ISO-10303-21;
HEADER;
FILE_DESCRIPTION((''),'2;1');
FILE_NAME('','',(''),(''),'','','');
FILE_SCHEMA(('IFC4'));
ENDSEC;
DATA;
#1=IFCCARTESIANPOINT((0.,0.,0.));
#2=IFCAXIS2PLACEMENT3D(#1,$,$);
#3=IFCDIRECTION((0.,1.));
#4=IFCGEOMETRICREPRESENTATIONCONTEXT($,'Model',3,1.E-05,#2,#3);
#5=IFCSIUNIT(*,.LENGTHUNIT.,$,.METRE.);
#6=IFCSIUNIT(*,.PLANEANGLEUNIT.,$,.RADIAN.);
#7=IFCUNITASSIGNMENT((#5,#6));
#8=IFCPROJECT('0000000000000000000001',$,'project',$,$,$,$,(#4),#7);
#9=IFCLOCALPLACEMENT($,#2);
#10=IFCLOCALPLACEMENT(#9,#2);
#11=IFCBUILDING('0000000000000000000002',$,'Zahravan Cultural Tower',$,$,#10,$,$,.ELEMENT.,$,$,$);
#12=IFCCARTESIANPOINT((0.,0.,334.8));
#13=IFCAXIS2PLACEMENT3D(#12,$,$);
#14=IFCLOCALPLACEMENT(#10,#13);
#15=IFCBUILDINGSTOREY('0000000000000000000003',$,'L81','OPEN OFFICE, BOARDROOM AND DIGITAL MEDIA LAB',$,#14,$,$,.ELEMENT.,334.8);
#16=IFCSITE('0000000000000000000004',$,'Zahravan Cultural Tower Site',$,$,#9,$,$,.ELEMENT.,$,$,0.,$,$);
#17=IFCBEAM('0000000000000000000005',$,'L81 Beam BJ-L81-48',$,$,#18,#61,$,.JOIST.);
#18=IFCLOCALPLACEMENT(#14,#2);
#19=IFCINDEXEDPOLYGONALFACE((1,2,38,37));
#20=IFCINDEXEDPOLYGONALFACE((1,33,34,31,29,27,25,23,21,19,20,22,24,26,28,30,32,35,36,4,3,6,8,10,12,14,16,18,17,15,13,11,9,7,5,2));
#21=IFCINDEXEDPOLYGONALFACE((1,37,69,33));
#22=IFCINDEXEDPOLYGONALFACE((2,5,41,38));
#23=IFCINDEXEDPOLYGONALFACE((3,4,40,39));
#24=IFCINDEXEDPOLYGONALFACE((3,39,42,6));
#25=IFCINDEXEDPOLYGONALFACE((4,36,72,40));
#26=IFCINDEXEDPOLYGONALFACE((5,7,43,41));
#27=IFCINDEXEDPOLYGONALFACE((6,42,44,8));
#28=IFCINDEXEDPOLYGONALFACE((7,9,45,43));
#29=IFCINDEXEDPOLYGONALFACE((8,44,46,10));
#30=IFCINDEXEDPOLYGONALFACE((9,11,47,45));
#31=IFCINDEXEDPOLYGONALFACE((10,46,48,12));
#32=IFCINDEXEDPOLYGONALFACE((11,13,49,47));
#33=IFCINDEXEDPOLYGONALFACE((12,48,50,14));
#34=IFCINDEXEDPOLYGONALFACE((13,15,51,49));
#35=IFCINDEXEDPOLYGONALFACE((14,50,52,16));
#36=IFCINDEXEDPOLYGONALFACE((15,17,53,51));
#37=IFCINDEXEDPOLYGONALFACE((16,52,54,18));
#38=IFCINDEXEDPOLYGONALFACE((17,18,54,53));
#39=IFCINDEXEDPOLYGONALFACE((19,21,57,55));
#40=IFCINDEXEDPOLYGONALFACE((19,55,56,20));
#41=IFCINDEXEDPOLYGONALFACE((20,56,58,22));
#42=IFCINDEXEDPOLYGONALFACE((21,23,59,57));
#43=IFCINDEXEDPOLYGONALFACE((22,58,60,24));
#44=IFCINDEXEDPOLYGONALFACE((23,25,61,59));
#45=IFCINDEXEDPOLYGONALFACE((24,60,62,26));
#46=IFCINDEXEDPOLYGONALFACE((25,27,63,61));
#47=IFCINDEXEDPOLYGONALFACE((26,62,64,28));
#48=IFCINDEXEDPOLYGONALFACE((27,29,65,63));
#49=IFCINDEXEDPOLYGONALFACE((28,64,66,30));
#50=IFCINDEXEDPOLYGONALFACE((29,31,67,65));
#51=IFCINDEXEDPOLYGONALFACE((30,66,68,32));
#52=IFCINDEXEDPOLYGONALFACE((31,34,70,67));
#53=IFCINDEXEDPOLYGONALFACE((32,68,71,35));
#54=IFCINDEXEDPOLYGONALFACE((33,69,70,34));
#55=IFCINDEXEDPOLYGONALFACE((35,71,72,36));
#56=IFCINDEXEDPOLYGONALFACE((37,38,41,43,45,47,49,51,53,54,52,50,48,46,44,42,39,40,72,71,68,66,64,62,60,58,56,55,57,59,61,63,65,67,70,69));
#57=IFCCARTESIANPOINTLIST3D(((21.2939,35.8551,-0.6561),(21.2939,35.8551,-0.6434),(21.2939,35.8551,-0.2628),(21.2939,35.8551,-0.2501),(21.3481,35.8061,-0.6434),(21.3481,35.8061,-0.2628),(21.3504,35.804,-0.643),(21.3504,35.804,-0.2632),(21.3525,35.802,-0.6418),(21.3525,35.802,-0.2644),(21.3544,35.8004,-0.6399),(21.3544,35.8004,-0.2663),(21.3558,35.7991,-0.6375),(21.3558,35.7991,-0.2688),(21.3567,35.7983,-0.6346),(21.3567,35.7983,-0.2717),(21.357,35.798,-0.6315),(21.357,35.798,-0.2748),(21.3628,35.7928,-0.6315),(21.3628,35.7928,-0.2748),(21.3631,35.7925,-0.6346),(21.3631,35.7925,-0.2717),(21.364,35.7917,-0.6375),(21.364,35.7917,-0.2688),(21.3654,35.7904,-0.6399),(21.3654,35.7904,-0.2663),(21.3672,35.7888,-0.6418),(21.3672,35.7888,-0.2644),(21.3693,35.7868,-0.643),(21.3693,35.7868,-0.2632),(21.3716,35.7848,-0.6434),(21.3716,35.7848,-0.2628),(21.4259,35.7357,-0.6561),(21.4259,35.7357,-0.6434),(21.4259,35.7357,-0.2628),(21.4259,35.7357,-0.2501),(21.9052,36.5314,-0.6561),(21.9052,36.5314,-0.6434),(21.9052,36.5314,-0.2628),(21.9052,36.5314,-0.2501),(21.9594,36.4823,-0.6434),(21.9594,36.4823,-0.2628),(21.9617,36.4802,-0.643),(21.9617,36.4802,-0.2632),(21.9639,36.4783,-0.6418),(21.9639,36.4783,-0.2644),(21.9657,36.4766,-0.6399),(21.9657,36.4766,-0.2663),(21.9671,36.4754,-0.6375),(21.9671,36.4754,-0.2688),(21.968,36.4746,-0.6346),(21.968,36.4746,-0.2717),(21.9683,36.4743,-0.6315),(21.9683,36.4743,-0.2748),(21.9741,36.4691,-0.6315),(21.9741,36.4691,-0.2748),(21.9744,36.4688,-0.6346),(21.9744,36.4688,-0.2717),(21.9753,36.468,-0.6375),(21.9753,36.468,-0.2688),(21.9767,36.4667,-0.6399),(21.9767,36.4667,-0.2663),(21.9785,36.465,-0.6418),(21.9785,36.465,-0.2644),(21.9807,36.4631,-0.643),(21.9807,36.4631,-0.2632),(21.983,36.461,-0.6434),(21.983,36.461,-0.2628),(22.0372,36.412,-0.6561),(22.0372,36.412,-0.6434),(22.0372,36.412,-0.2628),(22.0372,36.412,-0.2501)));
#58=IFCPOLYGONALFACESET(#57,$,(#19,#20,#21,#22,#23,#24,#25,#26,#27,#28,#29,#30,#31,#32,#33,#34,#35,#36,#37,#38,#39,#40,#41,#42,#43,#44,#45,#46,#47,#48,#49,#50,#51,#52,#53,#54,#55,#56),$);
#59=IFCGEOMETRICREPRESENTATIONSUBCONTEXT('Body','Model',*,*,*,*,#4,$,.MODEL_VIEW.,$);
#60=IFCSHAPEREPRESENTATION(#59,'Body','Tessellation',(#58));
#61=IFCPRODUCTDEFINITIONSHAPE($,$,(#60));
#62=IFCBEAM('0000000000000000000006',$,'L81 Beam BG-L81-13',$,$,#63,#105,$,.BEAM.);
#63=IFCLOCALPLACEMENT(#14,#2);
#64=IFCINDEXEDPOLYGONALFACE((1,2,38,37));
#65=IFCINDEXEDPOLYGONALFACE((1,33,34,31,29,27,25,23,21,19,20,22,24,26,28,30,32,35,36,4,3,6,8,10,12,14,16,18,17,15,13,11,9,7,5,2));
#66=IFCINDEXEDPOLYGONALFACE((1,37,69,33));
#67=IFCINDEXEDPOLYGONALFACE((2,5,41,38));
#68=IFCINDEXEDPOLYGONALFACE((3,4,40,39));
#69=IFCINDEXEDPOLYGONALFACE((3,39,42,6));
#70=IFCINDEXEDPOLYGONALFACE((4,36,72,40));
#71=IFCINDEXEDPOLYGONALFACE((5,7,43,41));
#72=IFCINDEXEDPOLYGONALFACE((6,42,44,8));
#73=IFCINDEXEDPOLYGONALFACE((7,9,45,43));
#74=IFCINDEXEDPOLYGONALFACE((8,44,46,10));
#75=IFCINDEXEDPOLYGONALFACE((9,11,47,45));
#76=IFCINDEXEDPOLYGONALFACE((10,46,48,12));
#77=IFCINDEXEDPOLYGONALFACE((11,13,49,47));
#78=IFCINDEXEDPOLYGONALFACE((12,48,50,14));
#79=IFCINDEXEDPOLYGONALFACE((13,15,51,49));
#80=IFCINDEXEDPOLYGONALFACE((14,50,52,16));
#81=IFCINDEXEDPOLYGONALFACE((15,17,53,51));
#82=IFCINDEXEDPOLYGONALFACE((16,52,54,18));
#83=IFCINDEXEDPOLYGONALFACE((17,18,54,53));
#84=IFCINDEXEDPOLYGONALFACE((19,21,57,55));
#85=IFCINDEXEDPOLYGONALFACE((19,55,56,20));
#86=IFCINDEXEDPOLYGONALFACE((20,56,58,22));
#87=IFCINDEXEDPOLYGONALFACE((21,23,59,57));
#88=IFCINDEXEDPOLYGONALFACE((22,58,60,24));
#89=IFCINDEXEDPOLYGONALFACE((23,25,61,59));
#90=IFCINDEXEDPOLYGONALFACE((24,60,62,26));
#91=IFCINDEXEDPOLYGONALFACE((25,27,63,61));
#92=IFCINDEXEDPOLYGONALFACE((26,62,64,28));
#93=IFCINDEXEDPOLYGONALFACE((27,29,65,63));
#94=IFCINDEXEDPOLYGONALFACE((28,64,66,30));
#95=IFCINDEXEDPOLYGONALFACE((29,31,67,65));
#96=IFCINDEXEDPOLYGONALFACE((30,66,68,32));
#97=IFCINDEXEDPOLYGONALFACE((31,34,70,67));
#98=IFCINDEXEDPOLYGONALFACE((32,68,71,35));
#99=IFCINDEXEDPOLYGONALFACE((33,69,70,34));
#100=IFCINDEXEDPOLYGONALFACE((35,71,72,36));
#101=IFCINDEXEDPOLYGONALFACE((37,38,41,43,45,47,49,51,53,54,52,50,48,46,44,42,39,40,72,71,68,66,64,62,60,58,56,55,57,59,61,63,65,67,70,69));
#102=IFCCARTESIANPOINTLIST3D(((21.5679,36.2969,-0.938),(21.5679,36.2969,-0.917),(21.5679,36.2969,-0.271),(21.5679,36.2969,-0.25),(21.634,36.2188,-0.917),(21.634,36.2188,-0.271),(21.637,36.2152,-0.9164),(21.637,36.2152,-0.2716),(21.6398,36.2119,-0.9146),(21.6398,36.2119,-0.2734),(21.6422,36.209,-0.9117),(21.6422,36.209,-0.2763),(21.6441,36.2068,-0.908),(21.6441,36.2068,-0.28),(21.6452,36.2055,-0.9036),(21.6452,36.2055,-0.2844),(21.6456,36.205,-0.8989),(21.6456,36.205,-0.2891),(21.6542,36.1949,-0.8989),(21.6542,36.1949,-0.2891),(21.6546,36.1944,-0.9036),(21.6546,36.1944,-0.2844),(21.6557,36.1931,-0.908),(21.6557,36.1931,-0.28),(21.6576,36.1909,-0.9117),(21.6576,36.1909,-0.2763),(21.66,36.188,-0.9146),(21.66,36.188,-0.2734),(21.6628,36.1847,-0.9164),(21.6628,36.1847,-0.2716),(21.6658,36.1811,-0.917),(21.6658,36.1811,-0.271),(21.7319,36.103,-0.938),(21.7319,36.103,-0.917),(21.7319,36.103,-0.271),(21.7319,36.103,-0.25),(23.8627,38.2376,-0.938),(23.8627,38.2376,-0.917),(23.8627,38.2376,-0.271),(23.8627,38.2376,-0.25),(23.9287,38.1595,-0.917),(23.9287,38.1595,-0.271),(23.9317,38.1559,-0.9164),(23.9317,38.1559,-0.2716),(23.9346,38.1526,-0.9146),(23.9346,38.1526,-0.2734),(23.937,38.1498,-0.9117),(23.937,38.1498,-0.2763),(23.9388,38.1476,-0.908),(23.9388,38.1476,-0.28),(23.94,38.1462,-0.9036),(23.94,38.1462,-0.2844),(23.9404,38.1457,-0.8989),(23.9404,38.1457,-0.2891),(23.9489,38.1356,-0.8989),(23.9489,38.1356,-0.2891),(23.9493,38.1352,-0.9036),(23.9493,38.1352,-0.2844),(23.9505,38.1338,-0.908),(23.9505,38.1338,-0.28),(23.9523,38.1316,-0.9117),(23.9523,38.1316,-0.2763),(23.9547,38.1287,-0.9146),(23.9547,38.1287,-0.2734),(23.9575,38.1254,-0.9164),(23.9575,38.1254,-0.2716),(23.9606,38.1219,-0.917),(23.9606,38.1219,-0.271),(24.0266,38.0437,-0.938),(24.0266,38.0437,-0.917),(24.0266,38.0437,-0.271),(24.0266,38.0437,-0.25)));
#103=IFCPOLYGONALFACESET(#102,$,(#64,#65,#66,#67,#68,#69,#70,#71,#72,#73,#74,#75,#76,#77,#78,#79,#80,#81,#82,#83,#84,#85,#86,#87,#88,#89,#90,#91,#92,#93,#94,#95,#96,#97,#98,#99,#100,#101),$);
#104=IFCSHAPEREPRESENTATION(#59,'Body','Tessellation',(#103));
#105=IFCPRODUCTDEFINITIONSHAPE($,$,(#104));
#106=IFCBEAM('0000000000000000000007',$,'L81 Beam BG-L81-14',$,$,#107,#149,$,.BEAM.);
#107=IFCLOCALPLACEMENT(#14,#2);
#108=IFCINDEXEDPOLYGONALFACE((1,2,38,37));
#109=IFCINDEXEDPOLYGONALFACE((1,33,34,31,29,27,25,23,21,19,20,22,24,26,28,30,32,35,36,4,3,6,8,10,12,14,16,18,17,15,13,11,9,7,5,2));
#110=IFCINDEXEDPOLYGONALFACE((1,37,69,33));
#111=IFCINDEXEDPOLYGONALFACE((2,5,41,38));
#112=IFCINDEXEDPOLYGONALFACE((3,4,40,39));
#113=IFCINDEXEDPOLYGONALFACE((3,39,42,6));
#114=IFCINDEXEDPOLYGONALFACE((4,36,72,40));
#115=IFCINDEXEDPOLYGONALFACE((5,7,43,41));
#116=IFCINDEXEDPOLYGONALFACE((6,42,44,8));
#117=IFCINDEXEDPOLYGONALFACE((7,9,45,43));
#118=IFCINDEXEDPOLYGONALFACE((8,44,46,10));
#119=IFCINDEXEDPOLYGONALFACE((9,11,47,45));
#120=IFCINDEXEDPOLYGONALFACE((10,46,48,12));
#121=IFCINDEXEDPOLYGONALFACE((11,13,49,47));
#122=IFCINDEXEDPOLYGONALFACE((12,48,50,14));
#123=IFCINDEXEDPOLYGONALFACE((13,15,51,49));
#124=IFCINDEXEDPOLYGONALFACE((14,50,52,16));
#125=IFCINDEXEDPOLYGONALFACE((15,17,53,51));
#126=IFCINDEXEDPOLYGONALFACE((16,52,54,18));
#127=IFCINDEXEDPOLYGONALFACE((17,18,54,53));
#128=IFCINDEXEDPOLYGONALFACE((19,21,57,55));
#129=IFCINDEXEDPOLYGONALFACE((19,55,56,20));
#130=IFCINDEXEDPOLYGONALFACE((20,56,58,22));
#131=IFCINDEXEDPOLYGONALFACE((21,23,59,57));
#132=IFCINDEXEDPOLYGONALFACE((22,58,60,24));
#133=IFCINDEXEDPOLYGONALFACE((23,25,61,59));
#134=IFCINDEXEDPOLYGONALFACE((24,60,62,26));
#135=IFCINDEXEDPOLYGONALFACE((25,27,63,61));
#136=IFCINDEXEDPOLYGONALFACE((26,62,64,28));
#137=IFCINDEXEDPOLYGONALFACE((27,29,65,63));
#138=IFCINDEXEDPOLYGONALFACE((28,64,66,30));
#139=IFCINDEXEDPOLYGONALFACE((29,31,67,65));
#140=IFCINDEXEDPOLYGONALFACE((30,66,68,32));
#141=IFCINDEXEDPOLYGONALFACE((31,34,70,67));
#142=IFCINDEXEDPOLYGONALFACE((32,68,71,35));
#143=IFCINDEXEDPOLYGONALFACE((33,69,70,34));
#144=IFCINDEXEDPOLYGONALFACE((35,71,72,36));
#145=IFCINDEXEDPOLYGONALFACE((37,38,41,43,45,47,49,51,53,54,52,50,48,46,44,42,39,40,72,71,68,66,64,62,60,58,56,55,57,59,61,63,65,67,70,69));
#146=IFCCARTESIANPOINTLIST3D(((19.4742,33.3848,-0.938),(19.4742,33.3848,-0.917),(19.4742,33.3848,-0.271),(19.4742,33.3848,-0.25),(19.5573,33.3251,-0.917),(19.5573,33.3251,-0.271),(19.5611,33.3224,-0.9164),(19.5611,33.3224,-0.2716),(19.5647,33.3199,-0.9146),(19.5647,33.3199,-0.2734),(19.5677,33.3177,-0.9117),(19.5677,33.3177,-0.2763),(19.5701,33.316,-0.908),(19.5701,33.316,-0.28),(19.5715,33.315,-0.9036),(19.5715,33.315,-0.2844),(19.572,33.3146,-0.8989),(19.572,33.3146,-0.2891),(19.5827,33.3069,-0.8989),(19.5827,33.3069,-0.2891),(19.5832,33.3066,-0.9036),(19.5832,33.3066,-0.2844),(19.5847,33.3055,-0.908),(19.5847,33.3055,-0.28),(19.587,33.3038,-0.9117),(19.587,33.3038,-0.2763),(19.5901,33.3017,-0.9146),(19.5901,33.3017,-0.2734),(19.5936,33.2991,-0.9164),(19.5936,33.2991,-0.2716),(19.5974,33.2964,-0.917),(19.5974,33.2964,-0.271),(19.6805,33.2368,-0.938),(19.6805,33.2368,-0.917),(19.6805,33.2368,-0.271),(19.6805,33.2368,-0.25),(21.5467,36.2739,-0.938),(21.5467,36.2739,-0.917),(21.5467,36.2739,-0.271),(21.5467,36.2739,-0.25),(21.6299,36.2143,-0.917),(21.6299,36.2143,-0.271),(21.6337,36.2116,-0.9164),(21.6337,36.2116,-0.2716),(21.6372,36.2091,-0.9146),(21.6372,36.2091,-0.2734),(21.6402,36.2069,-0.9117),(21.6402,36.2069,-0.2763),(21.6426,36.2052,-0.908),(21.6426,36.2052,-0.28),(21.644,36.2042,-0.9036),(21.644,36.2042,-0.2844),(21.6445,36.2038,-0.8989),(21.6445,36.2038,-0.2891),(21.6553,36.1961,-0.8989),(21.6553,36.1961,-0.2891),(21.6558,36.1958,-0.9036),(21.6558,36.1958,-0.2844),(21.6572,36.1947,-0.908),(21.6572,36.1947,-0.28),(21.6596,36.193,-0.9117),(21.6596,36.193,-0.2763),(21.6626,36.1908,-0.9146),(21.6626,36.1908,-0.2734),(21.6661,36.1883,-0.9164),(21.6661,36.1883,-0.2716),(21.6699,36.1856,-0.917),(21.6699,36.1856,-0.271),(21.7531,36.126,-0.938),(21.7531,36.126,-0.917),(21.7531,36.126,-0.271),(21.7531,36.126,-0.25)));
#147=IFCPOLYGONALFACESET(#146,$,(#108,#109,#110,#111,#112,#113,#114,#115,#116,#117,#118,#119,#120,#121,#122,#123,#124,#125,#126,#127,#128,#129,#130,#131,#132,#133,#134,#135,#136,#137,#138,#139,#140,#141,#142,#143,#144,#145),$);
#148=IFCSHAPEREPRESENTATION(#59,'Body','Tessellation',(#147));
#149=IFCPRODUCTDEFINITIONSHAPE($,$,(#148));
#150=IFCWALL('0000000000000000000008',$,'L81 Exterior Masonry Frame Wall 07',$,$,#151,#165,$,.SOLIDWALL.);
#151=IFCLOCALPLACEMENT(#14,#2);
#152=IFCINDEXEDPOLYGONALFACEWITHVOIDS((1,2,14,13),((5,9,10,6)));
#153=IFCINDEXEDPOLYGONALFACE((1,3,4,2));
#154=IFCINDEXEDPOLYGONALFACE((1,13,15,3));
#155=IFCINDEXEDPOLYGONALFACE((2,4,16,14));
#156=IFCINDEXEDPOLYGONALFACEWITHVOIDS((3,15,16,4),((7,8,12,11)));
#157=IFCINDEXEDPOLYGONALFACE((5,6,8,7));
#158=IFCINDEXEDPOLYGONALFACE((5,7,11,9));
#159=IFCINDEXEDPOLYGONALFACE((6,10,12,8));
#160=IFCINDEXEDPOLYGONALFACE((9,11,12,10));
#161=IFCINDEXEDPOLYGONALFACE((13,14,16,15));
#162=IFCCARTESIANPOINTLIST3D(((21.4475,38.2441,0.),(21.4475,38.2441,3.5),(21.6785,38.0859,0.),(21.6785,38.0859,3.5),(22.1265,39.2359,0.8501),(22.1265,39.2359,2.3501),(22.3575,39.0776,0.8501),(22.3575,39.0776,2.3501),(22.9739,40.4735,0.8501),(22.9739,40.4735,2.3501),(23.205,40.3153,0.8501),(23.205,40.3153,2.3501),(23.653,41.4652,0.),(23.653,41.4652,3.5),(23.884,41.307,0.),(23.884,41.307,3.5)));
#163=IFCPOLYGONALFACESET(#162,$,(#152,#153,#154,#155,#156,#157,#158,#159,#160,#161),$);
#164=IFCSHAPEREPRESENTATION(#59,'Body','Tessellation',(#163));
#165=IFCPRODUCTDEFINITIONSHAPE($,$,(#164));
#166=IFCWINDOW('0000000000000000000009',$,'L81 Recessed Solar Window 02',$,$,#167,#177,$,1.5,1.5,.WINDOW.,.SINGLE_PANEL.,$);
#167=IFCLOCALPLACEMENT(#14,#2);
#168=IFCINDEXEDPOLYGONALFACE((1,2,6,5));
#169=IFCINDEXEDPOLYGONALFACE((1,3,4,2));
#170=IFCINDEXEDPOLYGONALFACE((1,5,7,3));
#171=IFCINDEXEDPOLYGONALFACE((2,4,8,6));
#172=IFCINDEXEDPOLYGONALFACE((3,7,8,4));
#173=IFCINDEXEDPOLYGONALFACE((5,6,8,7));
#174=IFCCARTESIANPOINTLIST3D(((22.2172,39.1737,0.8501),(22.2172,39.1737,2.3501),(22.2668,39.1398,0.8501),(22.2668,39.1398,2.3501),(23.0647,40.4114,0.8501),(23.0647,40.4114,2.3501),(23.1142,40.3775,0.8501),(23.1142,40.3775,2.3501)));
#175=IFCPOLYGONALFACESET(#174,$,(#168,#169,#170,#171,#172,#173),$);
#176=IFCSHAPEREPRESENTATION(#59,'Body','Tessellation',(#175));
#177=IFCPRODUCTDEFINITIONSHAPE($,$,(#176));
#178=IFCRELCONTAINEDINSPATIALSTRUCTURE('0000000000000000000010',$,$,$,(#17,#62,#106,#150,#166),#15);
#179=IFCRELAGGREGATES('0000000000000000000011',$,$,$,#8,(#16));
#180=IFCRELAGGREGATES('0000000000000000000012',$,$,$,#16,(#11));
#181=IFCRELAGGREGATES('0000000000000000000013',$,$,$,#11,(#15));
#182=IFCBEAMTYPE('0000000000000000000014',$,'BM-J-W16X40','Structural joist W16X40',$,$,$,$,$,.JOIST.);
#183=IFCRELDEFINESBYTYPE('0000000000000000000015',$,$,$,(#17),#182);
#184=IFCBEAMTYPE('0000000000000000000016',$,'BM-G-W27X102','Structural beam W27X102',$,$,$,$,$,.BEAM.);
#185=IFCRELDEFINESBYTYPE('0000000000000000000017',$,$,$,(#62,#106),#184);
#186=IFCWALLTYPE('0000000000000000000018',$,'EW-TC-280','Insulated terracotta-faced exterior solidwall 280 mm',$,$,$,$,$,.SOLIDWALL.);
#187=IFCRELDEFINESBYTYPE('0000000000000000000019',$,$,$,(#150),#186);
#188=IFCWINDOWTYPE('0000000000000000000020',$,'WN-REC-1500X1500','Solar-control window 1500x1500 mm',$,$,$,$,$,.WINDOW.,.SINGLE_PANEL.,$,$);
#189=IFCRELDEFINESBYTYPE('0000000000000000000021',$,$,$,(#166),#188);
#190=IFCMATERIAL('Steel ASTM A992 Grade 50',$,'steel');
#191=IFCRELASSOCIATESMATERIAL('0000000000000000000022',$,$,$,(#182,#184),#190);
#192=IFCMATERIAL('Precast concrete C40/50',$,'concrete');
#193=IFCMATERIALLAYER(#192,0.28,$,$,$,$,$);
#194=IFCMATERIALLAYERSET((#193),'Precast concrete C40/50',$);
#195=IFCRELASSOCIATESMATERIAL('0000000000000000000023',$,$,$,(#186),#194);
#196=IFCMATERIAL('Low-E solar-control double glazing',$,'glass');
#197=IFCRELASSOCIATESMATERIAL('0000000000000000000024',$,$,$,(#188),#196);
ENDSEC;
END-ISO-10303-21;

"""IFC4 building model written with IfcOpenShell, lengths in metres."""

from ifc_helpers import new_model, si_unit, direction, frame, frame_2d, origin, origin_2d, place, context, subcontext, project, spatial, rectangle, i_section, extrude, source, transform, mapped, material, layer, layer_set, material_profile, profile_set, type_object, element, fill, save


model = new_model("IFC4")

# Units and contexts
model_context = context("Model", 3, precision=1e-05, world=origin(), true_north=direction((0.0, 1.0)))
body_context = subcontext(model_context, "Body", "Model", "MODEL_VIEW")
ifc_project = project(units=[si_unit("LENGTHUNIT", "METRE"), si_unit("PLANEANGLEUNIT", "RADIAN")], contexts=[model_context])

# Site, building, storey
site_placement = place(None, origin())
site = spatial("IfcSite", under=ifc_project, at=site_placement, Name="Zahravan Cultural Tower Site", CompositionType="ELEMENT", RefElevation=0.0)
building_placement = place(site_placement, origin())
building = spatial("IfcBuilding", under=site, at=building_placement, Name="Zahravan Cultural Tower", CompositionType="ELEMENT")
storey_placement = place(building_placement, frame((0.0, 0.0, 334.8)))
storey = spatial("IfcBuildingStorey", under=building, at=storey_placement, Name="L81", Description="OPEN OFFICE, BOARDROOM AND DIGITAL MEDIA LAB", CompositionType="ELEMENT", Elevation=334.8)

# Shared definitions
ifc_material_1 = material(Name="Steel ASTM A992 Grade 50", Category="steel")

# Beams
ifc_material_profile_1 = material_profile(ifc_material_1, i_section(OverallWidth=0.178, OverallDepth=0.406, WebThickness=0.0078, FlangeThickness=0.0127, FilletRadius=0.012, at=origin_2d()), Name="W16X40")
ifc_profile_set_1 = profile_set([ifc_material_profile_1], Name="Steel ASTM A992 Grade 50")
beam_type_1 = type_object("IfcBeamType", Name="BM-J-W16X40", Description="Structural joist W16X40", PredefinedType="JOIST", material=ifc_profile_set_1)
shared_shape_1 = source(origin(), body_context, "Body", "SweptSolid", [
    extrude(i_section(OverallWidth=0.178, OverallDepth=0.406, WebThickness=0.0078, FlangeThickness=0.0127, FilletRadius=0.012, at=origin_2d()), origin(), (0.0, 0.0, 1.0), 0.9116),
])
beam_1_placement = place(storey_placement, frame((21.9712, 36.4717, -0.4531), z_axis=(-0.670591, -0.741828, 0.0), x_axis=(0.741828, -0.670591, 0.0)))
element("IfcBeam", 1, at=beam_1_placement, inside=storey, type_object=beam_type_1, Name="L81 Beam BJ-L81-48", PredefinedType="JOIST", context=body_context, shape_type="MappedRepresentation", body=[
    mapped(shared_shape_1, transform((0.0, 0.0, 0.0), x_axis=(1.0, 0.0, 0.0), y_axis=(0.0, 1.0, 0.0), z_axis=(0.0, 0.0, 1.0), scale=1.0)),
])
ifc_material_profile_2 = material_profile(ifc_material_1, i_section(OverallWidth=0.2539, OverallDepth=0.688, WebThickness=0.0132, FlangeThickness=0.021, FilletRadius=0.0181, at=origin_2d()), Name="W27X102")
ifc_profile_set_2 = profile_set([ifc_material_profile_2], Name="Steel ASTM A992 Grade 50")
beam_type_2 = type_object("IfcBeamType", Name="BM-G-W27X102", Description="Structural beam W27X102", PredefinedType="BEAM", material=ifc_profile_set_2)
shared_shape_2 = source(origin(), body_context, "Body", "SweptSolid", [
    extrude(i_section(OverallWidth=0.2539, OverallDepth=0.688, WebThickness=0.0132, FlangeThickness=0.021, FilletRadius=0.0181, at=origin_2d()), origin(), (0.0, 0.0, 1.0), 3.0054),
])
beam_2_placement = place(storey_placement, frame((21.6499, 36.2, -0.594), z_axis=(0.763546, 0.645753, 0.0), x_axis=(-0.645753, 0.763546, 0.0)))
element("IfcBeam", 2, at=beam_2_placement, inside=storey, type_object=beam_type_2, Name="L81 Beam BG-L81-13", PredefinedType="BEAM", context=body_context, shape_type="MappedRepresentation", body=[
    mapped(shared_shape_2, transform((0.0, 0.0, 0.0), x_axis=(1.0, 0.0, 0.0), y_axis=(0.0, 1.0, 0.0), z_axis=(0.0, 0.0, 1.0), scale=1.0)),
])
shared_shape_3 = source(origin(), body_context, "Body", "SweptSolid", [
    extrude(i_section(OverallWidth=0.2539, OverallDepth=0.688, WebThickness=0.0132, FlangeThickness=0.021, FilletRadius=0.0181, at=origin_2d()), origin(), (0.0, 0.0, 1.0), 3.5557),
])
beam_3_placement = place(storey_placement, frame((21.6499, 36.2, -0.594), z_axis=(-0.58288, -0.812558, 0.0), x_axis=(0.812558, -0.58288, 0.0)))
element("IfcBeam", 3, at=beam_3_placement, inside=storey, type_object=beam_type_2, Name="L81 Beam BG-L81-14", PredefinedType="BEAM", context=body_context, shape_type="MappedRepresentation", body=[
    mapped(shared_shape_3, transform((0.0, 0.0, 0.0), x_axis=(1.0, 0.0, 0.0), y_axis=(0.0, 1.0, 0.0), z_axis=(0.0, 0.0, 1.0), scale=1.0)),
])

# Wall, opening, window
ifc_material_2 = material(Name="Precast concrete C40/50", Category="concrete")
ifc_layer_1 = layer(ifc_material_2, 0.28)
ifc_layer_set_1 = layer_set([ifc_layer_1], Name="Precast concrete C40/50")
wall_type_1 = type_object("IfcWallType", Name="EW-TC-280", Description="Insulated terracotta-faced exterior solidwall 280 mm", PredefinedType="SOLIDWALL", material=ifc_layer_set_1)
wall_1_placement = place(storey_placement, frame((21.563, 38.165, 0.0), z_axis=(0.0, 0.0, 1.0), x_axis=(0.564962, 0.825117, 0.0)))
wall_1 = element("IfcWall", 4, at=wall_1_placement, inside=storey, type_object=wall_type_1, Name="L81 Exterior Masonry Frame Wall 07", PredefinedType="SOLIDWALL", context=body_context, shape_type="SweptSolid", body=[
    extrude(rectangle(XDim=3.9038, YDim=0.28, at=frame_2d((1.9519, 0.0))), origin(), (0.0, 0.0, 1.0), 3.5),
])
opening_placement = place(wall_1_placement, frame((1.2019, 0.0, 0.8501)))
opening = element("IfcOpeningElement", 5, at=opening_placement, cuts=wall_1, PredefinedType="OPENING", context=body_context, shape_type="SweptSolid", body=[
    extrude(rectangle(XDim=1.5, YDim=1.5, at=frame_2d((0.75, 0.75))), frame((0.0, 0.1499, 0.0), z_axis=(0.0, -1.0, 0.0), x_axis=(1.0, 0.0, 0.0)), (0.0, 0.0, 1.0), 0.3),
])
ifc_material_3 = material(Name="Low-E solar-control double glazing", Category="glass")
window_type = type_object("IfcWindowType", Name="WN-REC-1500X1500", Description="Solar-control window 1500x1500 mm", PartitioningType="SINGLE_PANEL", PredefinedType="WINDOW", material=ifc_material_3)
shared_shape_4 = source(origin(), body_context, "Body", "SweptSolid", [
    extrude(rectangle(XDim=1.5, YDim=1.5, at=frame_2d((0.75, 0.75))), frame((0.0, 0.03, 0.0), z_axis=(0.0, -1.0, 0.0), x_axis=(1.0, 0.0, 0.0)), (0.0, 0.0, 1.0), 0.0601),
])
window_placement = place(opening_placement, origin())
window = element("IfcWindow", 6, at=window_placement, inside=storey, type_object=window_type, Name="L81 Recessed Solar Window 02", OverallHeight=1.5, OverallWidth=1.5, PartitioningType="SINGLE_PANEL", PredefinedType="WINDOW", context=body_context, shape_type="MappedRepresentation", body=[
    mapped(shared_shape_4, transform((0.0, 0.0, 0.0), x_axis=(1.0, 0.0, 0.0), y_axis=(0.0, 1.0, 0.0), z_axis=(0.0, 0.0, 1.0), scale=1.0)),
])
fill(opening, window)

save(model, "model.ifc")
